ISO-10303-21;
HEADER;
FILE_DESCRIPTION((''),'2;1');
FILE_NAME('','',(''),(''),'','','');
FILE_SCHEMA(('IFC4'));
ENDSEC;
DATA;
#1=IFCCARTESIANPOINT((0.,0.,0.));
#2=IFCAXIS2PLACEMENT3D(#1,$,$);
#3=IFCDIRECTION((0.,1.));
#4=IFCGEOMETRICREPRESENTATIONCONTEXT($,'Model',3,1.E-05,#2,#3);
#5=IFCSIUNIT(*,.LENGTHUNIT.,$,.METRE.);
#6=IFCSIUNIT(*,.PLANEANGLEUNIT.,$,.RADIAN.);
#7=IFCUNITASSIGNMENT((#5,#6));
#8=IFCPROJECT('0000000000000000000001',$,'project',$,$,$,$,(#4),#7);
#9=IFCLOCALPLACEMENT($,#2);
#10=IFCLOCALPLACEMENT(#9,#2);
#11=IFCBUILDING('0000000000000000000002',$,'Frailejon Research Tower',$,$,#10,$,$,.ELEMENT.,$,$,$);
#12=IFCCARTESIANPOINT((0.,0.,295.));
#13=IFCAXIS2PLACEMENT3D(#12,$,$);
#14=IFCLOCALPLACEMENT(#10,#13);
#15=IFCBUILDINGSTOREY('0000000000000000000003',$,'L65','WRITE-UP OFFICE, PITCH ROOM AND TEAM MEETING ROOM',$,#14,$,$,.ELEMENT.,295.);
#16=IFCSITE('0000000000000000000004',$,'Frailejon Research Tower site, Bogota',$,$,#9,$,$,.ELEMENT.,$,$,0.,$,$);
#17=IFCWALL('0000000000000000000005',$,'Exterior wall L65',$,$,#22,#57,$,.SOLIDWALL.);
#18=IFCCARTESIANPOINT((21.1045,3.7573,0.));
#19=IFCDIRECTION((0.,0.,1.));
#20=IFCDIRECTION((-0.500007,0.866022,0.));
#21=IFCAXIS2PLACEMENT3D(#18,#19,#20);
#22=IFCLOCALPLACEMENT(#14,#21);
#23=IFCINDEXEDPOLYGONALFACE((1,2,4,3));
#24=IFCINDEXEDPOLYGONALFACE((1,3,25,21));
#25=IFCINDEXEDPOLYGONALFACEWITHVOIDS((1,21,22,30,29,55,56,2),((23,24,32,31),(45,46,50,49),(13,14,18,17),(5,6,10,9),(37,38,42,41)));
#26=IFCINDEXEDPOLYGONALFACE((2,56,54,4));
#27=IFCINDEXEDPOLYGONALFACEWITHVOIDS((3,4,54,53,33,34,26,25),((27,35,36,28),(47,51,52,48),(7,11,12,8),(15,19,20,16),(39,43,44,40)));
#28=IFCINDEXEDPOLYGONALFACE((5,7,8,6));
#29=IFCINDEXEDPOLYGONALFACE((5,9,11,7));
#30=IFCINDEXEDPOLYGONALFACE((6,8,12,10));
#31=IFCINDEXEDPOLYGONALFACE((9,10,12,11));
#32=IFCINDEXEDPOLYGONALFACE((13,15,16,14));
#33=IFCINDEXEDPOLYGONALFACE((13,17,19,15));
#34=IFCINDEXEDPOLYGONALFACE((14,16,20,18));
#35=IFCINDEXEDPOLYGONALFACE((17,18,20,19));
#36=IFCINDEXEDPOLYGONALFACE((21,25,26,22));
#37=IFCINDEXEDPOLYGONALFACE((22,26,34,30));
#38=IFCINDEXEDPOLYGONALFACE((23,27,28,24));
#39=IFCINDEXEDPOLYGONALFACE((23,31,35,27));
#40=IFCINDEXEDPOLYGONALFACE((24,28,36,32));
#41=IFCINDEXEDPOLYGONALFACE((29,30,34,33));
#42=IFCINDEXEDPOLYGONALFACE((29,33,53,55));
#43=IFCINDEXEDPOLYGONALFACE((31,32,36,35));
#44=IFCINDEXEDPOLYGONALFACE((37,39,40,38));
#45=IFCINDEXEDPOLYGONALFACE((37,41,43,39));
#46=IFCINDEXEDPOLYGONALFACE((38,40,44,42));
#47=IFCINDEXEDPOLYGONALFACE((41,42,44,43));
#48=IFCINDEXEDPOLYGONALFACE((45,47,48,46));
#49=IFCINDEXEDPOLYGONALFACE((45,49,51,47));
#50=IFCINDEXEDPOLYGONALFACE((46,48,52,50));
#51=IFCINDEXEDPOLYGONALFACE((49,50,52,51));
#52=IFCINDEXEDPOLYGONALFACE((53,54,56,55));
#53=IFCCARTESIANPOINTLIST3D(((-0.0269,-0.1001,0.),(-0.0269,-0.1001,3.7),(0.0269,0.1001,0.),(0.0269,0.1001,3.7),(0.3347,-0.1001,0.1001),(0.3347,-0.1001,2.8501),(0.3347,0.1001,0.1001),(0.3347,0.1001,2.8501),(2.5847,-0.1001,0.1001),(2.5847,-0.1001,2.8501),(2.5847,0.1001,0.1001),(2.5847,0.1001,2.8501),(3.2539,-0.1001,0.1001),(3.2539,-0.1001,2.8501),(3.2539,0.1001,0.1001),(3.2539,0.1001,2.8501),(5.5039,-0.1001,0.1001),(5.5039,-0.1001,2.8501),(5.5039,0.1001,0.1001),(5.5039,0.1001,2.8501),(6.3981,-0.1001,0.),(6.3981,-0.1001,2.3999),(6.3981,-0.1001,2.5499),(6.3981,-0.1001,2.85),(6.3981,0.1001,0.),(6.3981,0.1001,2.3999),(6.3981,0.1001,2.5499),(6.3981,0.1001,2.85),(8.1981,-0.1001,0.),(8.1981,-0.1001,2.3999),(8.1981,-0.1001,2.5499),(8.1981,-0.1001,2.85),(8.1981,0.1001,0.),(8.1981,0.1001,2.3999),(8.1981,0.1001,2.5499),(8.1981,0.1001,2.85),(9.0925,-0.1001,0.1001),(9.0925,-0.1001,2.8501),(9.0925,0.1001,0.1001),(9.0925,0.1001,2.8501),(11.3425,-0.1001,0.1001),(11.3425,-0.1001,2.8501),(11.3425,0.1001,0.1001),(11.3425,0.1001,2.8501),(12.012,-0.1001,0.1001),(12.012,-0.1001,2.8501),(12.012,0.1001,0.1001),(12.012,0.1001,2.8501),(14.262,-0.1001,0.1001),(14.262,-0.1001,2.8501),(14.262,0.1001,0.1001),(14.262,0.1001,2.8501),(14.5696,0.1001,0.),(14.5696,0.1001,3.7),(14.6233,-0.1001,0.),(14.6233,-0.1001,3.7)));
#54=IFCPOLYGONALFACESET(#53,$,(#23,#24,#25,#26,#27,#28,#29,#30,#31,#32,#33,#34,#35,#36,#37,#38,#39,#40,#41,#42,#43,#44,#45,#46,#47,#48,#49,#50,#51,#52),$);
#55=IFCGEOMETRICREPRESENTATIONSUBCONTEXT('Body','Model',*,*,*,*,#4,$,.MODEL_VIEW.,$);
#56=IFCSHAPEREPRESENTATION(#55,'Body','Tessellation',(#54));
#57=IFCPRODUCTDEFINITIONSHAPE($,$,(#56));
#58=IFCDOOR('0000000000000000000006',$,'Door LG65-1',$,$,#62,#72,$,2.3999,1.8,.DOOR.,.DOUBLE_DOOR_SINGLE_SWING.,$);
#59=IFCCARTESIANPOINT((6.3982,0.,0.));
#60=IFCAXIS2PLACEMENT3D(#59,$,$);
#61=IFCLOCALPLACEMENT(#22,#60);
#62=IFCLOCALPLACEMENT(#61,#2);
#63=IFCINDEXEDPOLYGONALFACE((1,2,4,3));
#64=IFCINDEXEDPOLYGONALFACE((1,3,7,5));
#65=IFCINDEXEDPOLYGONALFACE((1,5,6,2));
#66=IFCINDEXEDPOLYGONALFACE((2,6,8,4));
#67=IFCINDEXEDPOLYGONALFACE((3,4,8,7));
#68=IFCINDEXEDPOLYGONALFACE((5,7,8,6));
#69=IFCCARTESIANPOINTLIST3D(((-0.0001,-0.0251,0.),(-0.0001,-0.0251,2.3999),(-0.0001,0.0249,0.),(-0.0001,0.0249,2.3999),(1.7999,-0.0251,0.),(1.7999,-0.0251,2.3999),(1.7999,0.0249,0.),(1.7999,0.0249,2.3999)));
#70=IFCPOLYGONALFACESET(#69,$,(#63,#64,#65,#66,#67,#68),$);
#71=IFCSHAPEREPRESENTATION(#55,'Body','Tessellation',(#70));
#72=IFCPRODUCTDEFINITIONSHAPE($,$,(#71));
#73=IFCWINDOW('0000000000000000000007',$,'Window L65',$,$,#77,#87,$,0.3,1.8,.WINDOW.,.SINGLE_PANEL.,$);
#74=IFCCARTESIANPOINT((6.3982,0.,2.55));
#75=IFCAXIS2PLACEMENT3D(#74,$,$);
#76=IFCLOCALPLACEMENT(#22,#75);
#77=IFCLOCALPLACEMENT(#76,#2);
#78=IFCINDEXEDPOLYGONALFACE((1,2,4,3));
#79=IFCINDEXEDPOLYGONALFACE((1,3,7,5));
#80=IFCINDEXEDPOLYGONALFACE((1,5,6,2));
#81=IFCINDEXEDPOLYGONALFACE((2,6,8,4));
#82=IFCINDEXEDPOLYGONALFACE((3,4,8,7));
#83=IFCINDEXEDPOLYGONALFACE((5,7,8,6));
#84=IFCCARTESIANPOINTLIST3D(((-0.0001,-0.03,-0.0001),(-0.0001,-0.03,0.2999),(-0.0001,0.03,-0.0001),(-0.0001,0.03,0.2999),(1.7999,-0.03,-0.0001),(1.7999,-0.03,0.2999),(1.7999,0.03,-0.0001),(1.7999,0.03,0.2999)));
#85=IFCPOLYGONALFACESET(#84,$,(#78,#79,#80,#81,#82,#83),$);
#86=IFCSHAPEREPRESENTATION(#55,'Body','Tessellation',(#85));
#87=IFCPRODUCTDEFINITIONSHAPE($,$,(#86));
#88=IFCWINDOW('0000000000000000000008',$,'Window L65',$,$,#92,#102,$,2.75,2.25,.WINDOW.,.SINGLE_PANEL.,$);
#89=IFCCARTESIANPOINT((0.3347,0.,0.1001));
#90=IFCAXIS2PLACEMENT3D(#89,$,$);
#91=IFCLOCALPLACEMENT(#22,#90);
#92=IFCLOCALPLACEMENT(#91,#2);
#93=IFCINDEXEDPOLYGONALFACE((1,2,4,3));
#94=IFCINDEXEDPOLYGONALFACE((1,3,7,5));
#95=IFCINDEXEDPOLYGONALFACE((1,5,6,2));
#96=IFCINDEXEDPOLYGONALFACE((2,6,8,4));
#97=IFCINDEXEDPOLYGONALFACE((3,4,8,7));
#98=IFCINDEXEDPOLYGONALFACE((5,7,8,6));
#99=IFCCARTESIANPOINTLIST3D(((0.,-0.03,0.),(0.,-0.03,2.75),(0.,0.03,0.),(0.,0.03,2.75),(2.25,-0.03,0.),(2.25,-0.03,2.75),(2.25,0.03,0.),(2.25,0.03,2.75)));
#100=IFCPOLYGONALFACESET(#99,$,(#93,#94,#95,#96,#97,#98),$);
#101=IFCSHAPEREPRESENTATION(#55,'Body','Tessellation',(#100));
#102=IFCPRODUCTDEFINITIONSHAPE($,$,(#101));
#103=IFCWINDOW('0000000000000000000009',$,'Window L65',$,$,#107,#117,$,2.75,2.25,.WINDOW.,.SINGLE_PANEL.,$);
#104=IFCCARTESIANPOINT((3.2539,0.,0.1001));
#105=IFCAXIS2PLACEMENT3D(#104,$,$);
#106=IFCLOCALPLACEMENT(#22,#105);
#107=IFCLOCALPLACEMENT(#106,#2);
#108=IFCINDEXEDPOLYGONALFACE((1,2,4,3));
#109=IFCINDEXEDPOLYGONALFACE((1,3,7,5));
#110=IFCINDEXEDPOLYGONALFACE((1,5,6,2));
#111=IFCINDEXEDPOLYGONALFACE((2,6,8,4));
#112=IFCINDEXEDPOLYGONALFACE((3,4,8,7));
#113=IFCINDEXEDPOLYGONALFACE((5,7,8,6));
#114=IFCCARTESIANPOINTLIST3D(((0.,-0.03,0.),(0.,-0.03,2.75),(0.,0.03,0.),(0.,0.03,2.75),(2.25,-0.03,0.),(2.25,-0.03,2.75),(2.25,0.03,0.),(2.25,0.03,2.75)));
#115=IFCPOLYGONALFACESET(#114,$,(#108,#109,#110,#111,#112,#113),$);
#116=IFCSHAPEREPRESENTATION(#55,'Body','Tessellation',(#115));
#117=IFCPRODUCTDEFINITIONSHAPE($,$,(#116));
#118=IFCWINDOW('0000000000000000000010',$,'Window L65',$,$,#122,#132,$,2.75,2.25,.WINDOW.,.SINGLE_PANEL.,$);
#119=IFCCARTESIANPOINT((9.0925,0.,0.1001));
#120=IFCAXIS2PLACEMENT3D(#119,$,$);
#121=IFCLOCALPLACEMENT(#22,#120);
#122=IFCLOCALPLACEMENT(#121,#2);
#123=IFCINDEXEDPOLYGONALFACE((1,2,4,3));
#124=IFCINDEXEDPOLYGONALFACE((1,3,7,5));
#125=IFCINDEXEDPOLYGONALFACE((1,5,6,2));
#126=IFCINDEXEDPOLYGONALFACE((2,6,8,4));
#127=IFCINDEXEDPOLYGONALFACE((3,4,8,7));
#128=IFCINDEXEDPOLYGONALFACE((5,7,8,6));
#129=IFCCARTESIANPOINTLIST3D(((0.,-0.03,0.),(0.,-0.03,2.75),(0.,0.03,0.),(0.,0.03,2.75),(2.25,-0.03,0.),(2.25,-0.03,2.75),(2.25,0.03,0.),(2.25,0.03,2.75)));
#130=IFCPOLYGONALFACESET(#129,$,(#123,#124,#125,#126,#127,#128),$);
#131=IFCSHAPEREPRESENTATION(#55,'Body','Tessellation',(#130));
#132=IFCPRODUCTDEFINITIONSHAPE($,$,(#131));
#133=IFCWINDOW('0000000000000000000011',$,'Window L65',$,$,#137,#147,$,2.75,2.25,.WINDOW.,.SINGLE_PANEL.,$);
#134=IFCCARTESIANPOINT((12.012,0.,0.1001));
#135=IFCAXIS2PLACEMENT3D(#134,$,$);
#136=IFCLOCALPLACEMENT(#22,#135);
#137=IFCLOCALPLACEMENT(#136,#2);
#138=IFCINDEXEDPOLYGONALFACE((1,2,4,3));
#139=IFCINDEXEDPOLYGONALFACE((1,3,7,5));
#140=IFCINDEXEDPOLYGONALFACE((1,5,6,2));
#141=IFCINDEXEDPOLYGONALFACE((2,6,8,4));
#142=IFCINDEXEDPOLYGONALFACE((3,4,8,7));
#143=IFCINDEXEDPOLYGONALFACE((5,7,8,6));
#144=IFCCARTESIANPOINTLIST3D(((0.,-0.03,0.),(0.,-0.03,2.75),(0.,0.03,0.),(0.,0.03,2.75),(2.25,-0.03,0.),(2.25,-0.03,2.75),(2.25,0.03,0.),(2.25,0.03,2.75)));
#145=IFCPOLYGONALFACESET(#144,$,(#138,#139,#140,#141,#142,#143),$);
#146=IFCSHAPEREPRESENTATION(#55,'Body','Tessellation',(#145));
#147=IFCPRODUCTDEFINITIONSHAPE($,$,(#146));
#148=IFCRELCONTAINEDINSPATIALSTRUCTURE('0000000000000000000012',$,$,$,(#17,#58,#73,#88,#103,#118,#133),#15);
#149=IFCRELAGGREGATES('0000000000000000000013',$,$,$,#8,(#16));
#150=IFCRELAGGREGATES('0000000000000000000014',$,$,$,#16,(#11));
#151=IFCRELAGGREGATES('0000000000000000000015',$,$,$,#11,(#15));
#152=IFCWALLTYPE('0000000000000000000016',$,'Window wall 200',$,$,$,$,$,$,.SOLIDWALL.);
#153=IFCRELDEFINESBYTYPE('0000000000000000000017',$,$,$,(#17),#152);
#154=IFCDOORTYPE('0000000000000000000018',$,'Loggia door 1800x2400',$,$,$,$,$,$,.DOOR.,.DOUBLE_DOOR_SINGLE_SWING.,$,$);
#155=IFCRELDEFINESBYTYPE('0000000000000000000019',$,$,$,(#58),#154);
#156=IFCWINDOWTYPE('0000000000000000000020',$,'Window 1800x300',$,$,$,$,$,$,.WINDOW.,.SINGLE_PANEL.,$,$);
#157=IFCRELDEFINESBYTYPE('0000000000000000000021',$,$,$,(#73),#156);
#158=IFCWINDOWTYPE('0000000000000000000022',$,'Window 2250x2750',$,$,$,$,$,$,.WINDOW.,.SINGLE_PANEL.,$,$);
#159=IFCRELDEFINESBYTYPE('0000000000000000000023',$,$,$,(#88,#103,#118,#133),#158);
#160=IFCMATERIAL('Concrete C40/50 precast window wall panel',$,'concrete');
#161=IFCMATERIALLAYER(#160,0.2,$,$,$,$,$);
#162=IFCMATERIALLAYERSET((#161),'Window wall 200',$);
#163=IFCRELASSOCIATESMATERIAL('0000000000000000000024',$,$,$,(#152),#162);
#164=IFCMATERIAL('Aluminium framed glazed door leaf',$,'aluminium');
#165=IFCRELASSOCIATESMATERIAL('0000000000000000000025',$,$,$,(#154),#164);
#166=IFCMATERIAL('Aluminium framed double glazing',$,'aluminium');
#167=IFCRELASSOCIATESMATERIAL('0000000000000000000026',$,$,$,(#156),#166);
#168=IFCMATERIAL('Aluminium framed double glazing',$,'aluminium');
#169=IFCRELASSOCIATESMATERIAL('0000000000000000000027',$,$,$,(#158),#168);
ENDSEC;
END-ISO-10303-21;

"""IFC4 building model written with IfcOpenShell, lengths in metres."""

from ifc_helpers import new_model, si_unit, direction, frame, frame_2d, origin, place, context, subcontext, project, spatial, polyline, rectangle, outline, extrude, material, layer, layer_set, type_object, element, fill, save


model = new_model("IFC4")

# Units and contexts
model_context = context("Model", 3, precision=1e-05, world=origin(), true_north=direction((0.0, 1.0)))
body_context = subcontext(model_context, "Body", "Model", "MODEL_VIEW")
ifc_project = project(units=[si_unit("LENGTHUNIT", "METRE"), si_unit("PLANEANGLEUNIT", "RADIAN")], contexts=[model_context])

# Site, building, storey
site_placement = place(None, origin())
site = spatial("IfcSite", under=ifc_project, at=site_placement, Name="Frailejon Research Tower site, Bogota", CompositionType="ELEMENT", RefElevation=0.0)
building_placement = place(site_placement, origin())
building = spatial("IfcBuilding", under=site, at=building_placement, Name="Frailejon Research Tower", CompositionType="ELEMENT")
storey_placement = place(building_placement, frame((0.0, 0.0, 295.0)))
storey = spatial("IfcBuildingStorey", under=building, at=storey_placement, Name="L65", Description="WRITE-UP OFFICE, PITCH ROOM AND TEAM MEETING ROOM", CompositionType="ELEMENT", Elevation=295.0)

# Wall, openings, door, windows
ifc_material_1 = material(Name="Concrete C40/50 precast window wall panel", Category="concrete")
ifc_layer_1 = layer(ifc_material_1, 0.2)
ifc_layer_set_1 = layer_set([ifc_layer_1], Name="Window wall 200")
wall_type = type_object("IfcWallType", Name="Window wall 200", PredefinedType="SOLIDWALL", material=ifc_layer_set_1)
wall_placement = place(storey_placement, frame((21.1045, 3.7573, 0.0), z_axis=(0.0, 0.0, 1.0), x_axis=(-0.500007, 0.866022, 0.0)))
wall = element("IfcWall", 1, at=wall_placement, inside=storey, type_object=wall_type, Name="Exterior wall L65", PredefinedType="SOLIDWALL", context=body_context, shape_type="SweptSolid", body=[
    extrude(outline(polyline([(-0.0269, -0.1001), (1.0195, -0.1001), (2.0659, -0.1001), (3.1125, -0.1001), (4.1589, -0.1001), (5.2053, -0.1001), (6.2517, -0.1001), (7.2983, -0.1001), (8.3447, -0.1001), (9.3911, -0.1001), (10.4375, -0.1001), (11.4839, -0.1001), (12.5305, -0.1001), (13.5769, -0.1001), (14.6233, -0.1001), (14.5696, 0.1001), (13.5308, 0.1001), (12.4919, 0.1001), (11.4534, 0.1001), (10.4146, 0.1001), (9.3757, 0.1001), (8.3369, 0.1001), (7.2983, 0.1001), (6.2595, 0.1001), (5.2207, 0.1001), (4.1819, 0.1001), (3.1431, 0.1001), (2.1045, 0.1001), (1.0657, 0.1001), (0.0269, 0.1001), (-0.0269, -0.1001)])), origin(), (0.0, 0.0, 1.0), 3.7),
])
opening_1_placement = place(wall_placement, frame((0.3347, 0.0, 0.1001)))
opening_1 = element("IfcOpeningElement", 2, at=opening_1_placement, cuts=wall, PredefinedType="OPENING", context=body_context, shape_type="SweptSolid", body=[
    extrude(rectangle(XDim=2.25, YDim=2.75, at=frame_2d((1.125, 1.375))), frame((0.0, 0.1099, 0.0), z_axis=(0.0, -1.0, 0.0), x_axis=(1.0, 0.0, 0.0)), (0.0, 0.0, 1.0), 0.22),
])
opening_2_placement = place(wall_placement, frame((3.2539, 0.0, 0.1001)))
opening_2 = element("IfcOpeningElement", 3, at=opening_2_placement, cuts=wall, PredefinedType="OPENING", context=body_context, shape_type="SweptSolid", body=[
    extrude(rectangle(XDim=2.25, YDim=2.75, at=frame_2d((1.125, 1.375))), frame((0.0, 0.1099, 0.0), z_axis=(0.0, -1.0, 0.0), x_axis=(1.0, 0.0, 0.0)), (0.0, 0.0, 1.0), 0.22),
])
opening_3_placement = place(wall_placement, frame((6.3982, 0.0, 0.0)))
opening_3 = element("IfcOpeningElement", 4, at=opening_3_placement, cuts=wall, PredefinedType="OPENING", context=body_context, shape_type="SweptSolid", body=[
    extrude(rectangle(XDim=1.8, YDim=2.3999, at=frame_2d((0.8999, 1.2))), frame((0.0, 0.1099, 0.0), z_axis=(0.0, -1.0, 0.0), x_axis=(1.0, 0.0, 0.0)), (0.0, 0.0, 1.0), 0.22),
])
opening_4_placement = place(wall_placement, frame((6.3982, 0.0, 2.55)))
opening_4 = element("IfcOpeningElement", 5, at=opening_4_placement, cuts=wall, PredefinedType="OPENING", context=body_context, shape_type="SweptSolid", body=[
    extrude(rectangle(XDim=1.8, YDim=0.3, at=frame_2d((0.8999, 0.1499))), frame((0.0, 0.1099, 0.0), z_axis=(0.0, -1.0, 0.0), x_axis=(1.0, 0.0, 0.0)), (0.0, 0.0, 1.0), 0.22),
])
opening_5_placement = place(wall_placement, frame((9.0925, 0.0, 0.1001)))
opening_5 = element("IfcOpeningElement", 6, at=opening_5_placement, cuts=wall, PredefinedType="OPENING", context=body_context, shape_type="SweptSolid", body=[
    extrude(rectangle(XDim=2.25, YDim=2.75, at=frame_2d((1.125, 1.375))), frame((0.0, 0.1099, 0.0), z_axis=(0.0, -1.0, 0.0), x_axis=(1.0, 0.0, 0.0)), (0.0, 0.0, 1.0), 0.22),
])
opening_6_placement = place(wall_placement, frame((12.012, 0.0, 0.1001)))
opening_6 = element("IfcOpeningElement", 7, at=opening_6_placement, cuts=wall, PredefinedType="OPENING", context=body_context, shape_type="SweptSolid", body=[
    extrude(rectangle(XDim=2.25, YDim=2.75, at=frame_2d((1.125, 1.375))), frame((0.0, 0.1099, 0.0), z_axis=(0.0, -1.0, 0.0), x_axis=(1.0, 0.0, 0.0)), (0.0, 0.0, 1.0), 0.22),
])
ifc_material_2 = material(Name="Aluminium framed glazed door leaf", Category="aluminium")
door_type = type_object("IfcDoorType", Name="Loggia door 1800x2400", OperationType="DOUBLE_DOOR_SINGLE_SWING", PredefinedType="DOOR", material=ifc_material_2)
door_placement = place(opening_3_placement, origin())
door = element("IfcDoor", 8, at=door_placement, inside=storey, type_object=door_type, Name="Door LG65-1", OperationType="DOUBLE_DOOR_SINGLE_SWING", OverallHeight=2.3999, OverallWidth=1.8, PredefinedType="DOOR", context=body_context, shape_type="SweptSolid", body=[
    extrude(rectangle(XDim=1.8, YDim=2.3999, at=frame_2d((0.8999, 1.2))), frame((0.0, 0.0249, 0.0), z_axis=(0.0, -1.0, 0.0), x_axis=(1.0, 0.0, 0.0)), (0.0, 0.0, 1.0), 0.05),
])
fill(opening_3, door)
ifc_material_3 = material(Name="Aluminium framed double glazing", Category="aluminium")
window_type_1 = type_object("IfcWindowType", Name="Window 1800x300", PartitioningType="SINGLE_PANEL", PredefinedType="WINDOW", material=ifc_material_3)
window_1_placement = place(opening_4_placement, origin())
window_1 = element("IfcWindow", 9, at=window_1_placement, inside=storey, type_object=window_type_1, Name="Window L65", OverallHeight=0.3, OverallWidth=1.8, PartitioningType="SINGLE_PANEL", PredefinedType="WINDOW", context=body_context, shape_type="SweptSolid", body=[
    extrude(rectangle(XDim=1.8, YDim=0.3, at=frame_2d((0.8999, 0.1499))), frame((0.0, 0.03, 0.0), z_axis=(0.0, -1.0, 0.0), x_axis=(1.0, 0.0, 0.0)), (0.0, 0.0, 1.0), 0.0601),
])
fill(opening_4, window_1)
ifc_material_4 = material(Name="Aluminium framed double glazing", Category="aluminium")
window_type_2 = type_object("IfcWindowType", Name="Window 2250x2750", PartitioningType="SINGLE_PANEL", PredefinedType="WINDOW", material=ifc_material_4)
window_2_placement = place(opening_1_placement, origin())
window_2 = element("IfcWindow", 10, at=window_2_placement, inside=storey, type_object=window_type_2, Name="Window L65", OverallHeight=2.75, OverallWidth=2.25, PartitioningType="SINGLE_PANEL", PredefinedType="WINDOW", context=body_context, shape_type="SweptSolid", body=[
    extrude(rectangle(XDim=2.25, YDim=2.75, at=frame_2d((1.125, 1.375))), frame((0.0, 0.03, 0.0), z_axis=(0.0, -1.0, 0.0), x_axis=(1.0, 0.0, 0.0)), (0.0, 0.0, 1.0), 0.0601),
])
fill(opening_1, window_2)
window_3_placement = place(opening_2_placement, origin())
window_3 = element("IfcWindow", 11, at=window_3_placement, inside=storey, type_object=window_type_2, Name="Window L65", OverallHeight=2.75, OverallWidth=2.25, PartitioningType="SINGLE_PANEL", PredefinedType="WINDOW", context=body_context, shape_type="SweptSolid", body=[
    extrude(rectangle(XDim=2.25, YDim=2.75, at=frame_2d((1.125, 1.375))), frame((0.0, 0.03, 0.0), z_axis=(0.0, -1.0, 0.0), x_axis=(1.0, 0.0, 0.0)), (0.0, 0.0, 1.0), 0.0601),
])
fill(opening_2, window_3)
window_4_placement = place(opening_5_placement, origin())
window_4 = element("IfcWindow", 12, at=window_4_placement, inside=storey, type_object=window_type_2, Name="Window L65", OverallHeight=2.75, OverallWidth=2.25, PartitioningType="SINGLE_PANEL", PredefinedType="WINDOW", context=body_context, shape_type="SweptSolid", body=[
    extrude(rectangle(XDim=2.25, YDim=2.75, at=frame_2d((1.125, 1.375))), frame((0.0, 0.03, 0.0), z_axis=(0.0, -1.0, 0.0), x_axis=(1.0, 0.0, 0.0)), (0.0, 0.0, 1.0), 0.0601),
])
fill(opening_5, window_4)
window_5_placement = place(opening_6_placement, origin())
window_5 = element("IfcWindow", 13, at=window_5_placement, inside=storey, type_object=window_type_2, Name="Window L65", OverallHeight=2.75, OverallWidth=2.25, PartitioningType="SINGLE_PANEL", PredefinedType="WINDOW", context=body_context, shape_type="SweptSolid", body=[
    extrude(rectangle(XDim=2.25, YDim=2.75, at=frame_2d((1.125, 1.375))), frame((0.0, 0.03, 0.0), z_axis=(0.0, -1.0, 0.0), x_axis=(1.0, 0.0, 0.0)), (0.0, 0.0, 1.0), 0.0601),
])
fill(opening_6, window_5)

save(model, "model.ifc")
